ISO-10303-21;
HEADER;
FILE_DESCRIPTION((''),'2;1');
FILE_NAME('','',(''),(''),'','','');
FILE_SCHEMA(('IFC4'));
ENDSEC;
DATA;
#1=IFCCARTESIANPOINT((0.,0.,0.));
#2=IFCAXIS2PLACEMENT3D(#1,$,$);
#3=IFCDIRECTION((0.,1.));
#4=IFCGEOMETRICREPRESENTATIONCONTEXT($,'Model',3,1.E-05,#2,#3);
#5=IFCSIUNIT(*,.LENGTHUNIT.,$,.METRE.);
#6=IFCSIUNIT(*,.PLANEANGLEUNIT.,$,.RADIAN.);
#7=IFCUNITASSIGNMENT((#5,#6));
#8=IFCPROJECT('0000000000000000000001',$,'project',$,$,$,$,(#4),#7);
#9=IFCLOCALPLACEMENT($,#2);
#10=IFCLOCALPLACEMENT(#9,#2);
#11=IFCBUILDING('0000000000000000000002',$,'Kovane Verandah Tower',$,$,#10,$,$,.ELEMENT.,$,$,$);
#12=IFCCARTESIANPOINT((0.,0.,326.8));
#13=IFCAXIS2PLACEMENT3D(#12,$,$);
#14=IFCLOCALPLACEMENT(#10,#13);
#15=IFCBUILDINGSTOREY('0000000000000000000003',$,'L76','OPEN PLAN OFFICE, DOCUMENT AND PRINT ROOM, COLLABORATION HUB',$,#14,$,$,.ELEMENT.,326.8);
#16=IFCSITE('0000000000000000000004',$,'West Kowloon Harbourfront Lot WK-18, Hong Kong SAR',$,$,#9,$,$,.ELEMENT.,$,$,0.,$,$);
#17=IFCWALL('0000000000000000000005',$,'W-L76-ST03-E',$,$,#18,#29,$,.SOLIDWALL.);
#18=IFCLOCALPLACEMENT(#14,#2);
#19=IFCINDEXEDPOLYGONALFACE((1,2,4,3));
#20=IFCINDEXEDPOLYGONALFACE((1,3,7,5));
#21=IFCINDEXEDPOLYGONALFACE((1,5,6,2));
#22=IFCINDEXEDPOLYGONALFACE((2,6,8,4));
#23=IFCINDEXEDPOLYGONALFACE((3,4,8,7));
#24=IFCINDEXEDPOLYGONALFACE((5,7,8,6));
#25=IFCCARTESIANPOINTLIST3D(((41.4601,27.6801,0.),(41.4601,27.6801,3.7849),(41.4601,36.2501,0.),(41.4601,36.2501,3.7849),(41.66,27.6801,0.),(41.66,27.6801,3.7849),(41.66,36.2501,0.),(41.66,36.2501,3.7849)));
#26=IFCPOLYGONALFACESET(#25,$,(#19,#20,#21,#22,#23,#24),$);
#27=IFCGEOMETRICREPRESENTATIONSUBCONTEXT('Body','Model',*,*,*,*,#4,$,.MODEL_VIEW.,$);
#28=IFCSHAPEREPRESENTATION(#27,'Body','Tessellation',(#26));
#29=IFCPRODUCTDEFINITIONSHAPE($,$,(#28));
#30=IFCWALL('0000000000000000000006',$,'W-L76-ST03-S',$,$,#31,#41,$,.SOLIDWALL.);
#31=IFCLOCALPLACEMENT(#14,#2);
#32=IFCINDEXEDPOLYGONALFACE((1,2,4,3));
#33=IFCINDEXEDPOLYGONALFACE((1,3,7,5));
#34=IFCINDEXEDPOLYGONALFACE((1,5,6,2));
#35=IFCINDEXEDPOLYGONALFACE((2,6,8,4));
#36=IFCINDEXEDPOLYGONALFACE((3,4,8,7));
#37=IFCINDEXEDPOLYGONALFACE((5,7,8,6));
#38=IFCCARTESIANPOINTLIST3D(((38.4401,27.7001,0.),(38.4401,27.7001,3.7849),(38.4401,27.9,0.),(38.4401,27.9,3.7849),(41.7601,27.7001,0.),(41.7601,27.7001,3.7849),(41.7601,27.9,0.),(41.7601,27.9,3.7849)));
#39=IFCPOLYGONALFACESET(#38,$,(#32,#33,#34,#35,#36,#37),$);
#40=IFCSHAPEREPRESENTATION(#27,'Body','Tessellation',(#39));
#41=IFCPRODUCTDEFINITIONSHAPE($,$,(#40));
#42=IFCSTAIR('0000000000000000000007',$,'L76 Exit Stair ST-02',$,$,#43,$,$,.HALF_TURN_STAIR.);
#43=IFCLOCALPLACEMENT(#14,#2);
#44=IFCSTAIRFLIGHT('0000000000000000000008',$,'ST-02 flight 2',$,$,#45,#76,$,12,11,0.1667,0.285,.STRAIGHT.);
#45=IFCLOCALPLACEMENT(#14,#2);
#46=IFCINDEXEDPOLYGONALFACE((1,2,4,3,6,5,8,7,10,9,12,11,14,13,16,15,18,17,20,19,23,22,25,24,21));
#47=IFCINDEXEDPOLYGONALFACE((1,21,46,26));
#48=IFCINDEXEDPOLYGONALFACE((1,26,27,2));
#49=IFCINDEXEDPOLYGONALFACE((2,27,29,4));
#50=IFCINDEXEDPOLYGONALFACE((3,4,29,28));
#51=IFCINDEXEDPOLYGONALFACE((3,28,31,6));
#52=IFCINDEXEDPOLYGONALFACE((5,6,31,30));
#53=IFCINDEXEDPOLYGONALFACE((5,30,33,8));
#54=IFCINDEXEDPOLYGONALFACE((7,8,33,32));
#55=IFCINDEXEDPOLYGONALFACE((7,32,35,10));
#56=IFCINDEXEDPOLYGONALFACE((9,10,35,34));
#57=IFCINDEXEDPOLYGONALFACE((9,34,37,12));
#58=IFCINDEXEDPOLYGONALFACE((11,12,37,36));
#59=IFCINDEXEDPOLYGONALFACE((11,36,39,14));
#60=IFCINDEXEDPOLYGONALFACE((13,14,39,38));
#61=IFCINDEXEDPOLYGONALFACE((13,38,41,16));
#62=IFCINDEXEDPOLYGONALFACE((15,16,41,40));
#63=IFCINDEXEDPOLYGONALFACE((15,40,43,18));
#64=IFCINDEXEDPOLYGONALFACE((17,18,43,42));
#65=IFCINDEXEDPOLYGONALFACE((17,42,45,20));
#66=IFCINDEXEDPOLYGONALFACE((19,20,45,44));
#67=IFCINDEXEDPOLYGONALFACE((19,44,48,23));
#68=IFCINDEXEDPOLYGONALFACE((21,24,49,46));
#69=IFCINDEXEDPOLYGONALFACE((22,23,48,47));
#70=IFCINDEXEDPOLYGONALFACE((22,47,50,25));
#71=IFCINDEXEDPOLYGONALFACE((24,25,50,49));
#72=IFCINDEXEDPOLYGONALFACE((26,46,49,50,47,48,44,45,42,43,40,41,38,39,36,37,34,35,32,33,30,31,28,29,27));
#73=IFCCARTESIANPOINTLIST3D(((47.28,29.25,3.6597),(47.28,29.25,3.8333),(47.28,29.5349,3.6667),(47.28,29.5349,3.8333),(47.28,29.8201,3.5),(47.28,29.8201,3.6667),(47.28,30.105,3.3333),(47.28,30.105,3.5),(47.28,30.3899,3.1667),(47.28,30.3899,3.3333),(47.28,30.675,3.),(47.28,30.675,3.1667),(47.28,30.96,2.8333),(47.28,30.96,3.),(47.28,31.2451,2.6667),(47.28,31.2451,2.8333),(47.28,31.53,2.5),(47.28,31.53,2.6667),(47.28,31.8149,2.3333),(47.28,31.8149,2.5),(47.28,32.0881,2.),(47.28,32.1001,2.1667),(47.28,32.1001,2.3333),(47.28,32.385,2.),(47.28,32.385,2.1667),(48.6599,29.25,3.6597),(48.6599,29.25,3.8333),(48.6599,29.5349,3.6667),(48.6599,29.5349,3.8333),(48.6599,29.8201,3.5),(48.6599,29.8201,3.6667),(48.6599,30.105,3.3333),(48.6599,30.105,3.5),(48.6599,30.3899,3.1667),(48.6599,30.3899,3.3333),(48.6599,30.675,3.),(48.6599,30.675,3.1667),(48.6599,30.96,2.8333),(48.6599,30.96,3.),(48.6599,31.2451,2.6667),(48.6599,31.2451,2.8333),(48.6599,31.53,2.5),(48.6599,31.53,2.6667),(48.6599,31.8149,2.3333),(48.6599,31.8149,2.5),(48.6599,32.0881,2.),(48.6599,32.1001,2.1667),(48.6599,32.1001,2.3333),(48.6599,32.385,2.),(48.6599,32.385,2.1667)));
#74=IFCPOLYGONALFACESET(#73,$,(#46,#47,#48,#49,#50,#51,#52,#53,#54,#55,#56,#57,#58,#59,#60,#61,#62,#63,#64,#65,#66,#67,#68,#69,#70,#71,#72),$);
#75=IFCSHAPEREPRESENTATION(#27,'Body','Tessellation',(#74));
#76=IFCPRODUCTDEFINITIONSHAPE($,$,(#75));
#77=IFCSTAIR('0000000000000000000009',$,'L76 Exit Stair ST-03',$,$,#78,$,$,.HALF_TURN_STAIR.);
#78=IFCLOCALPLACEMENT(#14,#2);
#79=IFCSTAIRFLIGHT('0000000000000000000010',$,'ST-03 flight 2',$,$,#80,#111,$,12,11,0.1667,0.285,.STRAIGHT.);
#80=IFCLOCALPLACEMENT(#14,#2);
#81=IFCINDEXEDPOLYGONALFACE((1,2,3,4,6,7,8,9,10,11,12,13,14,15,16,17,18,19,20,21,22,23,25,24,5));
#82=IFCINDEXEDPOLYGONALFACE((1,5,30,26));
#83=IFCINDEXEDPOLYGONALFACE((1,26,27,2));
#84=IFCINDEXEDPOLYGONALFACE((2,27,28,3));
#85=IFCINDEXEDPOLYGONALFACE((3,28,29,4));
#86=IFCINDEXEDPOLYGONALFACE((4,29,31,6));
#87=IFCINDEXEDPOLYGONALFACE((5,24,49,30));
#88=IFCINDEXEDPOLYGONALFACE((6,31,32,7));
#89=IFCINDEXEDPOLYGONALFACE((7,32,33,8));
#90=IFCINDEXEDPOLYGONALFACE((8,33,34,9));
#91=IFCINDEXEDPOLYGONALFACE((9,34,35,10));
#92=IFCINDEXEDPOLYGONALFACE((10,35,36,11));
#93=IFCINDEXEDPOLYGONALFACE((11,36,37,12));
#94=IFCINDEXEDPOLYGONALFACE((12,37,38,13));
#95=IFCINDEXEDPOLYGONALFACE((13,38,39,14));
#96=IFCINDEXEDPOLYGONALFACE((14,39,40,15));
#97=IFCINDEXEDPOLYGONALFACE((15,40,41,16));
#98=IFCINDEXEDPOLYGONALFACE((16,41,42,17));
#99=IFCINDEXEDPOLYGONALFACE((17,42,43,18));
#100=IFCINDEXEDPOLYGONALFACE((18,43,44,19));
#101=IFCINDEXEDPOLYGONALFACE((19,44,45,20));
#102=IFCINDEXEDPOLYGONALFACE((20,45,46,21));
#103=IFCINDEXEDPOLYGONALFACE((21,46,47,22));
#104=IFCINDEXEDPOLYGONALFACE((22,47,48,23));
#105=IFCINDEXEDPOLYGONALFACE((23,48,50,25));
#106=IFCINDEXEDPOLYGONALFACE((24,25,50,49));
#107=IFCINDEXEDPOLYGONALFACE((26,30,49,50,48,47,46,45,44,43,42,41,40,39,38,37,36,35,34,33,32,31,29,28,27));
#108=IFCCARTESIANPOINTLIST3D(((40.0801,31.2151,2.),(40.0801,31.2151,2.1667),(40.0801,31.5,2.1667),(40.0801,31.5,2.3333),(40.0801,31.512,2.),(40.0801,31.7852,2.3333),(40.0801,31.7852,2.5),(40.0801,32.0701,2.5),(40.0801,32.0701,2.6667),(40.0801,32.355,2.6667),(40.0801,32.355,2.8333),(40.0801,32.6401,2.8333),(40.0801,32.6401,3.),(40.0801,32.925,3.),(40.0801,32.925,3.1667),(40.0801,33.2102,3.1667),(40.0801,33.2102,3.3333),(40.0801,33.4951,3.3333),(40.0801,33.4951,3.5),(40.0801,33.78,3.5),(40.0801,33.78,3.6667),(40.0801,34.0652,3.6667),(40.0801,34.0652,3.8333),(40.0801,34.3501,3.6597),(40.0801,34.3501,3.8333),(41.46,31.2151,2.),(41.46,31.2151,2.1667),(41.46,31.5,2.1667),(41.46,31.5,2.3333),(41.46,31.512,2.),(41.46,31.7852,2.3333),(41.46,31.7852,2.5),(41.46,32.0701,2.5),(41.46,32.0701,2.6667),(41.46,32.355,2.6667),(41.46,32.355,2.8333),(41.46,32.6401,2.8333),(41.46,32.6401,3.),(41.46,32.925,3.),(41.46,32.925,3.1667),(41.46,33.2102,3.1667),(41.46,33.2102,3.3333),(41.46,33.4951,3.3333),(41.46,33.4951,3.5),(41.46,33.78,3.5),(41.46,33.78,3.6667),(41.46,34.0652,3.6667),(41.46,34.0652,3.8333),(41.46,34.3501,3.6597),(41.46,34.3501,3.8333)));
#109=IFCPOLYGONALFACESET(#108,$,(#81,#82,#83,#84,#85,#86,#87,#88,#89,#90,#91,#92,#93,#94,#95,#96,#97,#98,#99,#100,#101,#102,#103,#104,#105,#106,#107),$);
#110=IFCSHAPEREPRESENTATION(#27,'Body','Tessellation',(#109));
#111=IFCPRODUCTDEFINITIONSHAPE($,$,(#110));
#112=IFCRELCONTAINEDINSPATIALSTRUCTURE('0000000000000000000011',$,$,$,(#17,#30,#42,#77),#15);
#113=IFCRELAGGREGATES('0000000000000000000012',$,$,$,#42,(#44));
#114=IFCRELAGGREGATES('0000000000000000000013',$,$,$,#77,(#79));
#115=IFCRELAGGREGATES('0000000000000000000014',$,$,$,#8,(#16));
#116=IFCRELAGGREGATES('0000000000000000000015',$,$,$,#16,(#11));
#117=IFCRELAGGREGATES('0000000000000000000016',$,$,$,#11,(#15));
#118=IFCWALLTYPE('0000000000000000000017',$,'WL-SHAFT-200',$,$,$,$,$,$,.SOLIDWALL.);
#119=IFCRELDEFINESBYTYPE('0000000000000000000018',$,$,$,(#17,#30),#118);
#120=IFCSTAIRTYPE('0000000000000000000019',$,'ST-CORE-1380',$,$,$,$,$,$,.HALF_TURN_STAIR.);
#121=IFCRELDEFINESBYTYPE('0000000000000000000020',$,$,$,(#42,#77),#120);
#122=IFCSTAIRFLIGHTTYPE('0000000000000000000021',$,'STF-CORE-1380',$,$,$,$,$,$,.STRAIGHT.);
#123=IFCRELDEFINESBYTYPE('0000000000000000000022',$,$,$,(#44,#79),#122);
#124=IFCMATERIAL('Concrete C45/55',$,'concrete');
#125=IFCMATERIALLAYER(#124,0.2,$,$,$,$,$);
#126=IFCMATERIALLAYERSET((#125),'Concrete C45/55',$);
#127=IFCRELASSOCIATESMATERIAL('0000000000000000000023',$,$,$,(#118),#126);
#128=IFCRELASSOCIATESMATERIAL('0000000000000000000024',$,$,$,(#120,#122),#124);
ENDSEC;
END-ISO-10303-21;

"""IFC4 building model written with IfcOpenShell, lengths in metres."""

from ifc_helpers import new_model, si_unit, direction, frame, frame_2d, origin, place, context, subcontext, project, spatial, polyline, rectangle, outline, extrude, material, layer, layer_set, type_object, element, aggregate, save


model = new_model("IFC4")

# Units and contexts
model_context = context("Model", 3, precision=1e-05, world=origin(), true_north=direction((0.0, 1.0)))
body_context = subcontext(model_context, "Body", "Model", "MODEL_VIEW")
ifc_project = project(units=[si_unit("LENGTHUNIT", "METRE"), si_unit("PLANEANGLEUNIT", "RADIAN")], contexts=[model_context])

# Site, building, storey
site_placement = place(None, origin())
site = spatial("IfcSite", under=ifc_project, at=site_placement, Name="West Kowloon Harbourfront Lot WK-18, Hong Kong SAR", CompositionType="ELEMENT", RefElevation=0.0)
building_placement = place(site_placement, origin())
building = spatial("IfcBuilding", under=site, at=building_placement, Name="Kovane Verandah Tower", CompositionType="ELEMENT")
storey_placement = place(building_placement, frame((0.0, 0.0, 326.8)))
storey = spatial("IfcBuildingStorey", under=building, at=storey_placement, Name="L76", Description="OPEN PLAN OFFICE, DOCUMENT AND PRINT ROOM, COLLABORATION HUB", CompositionType="ELEMENT", Elevation=326.8)

# Shared definitions
ifc_material_1 = material(Name="Concrete C45/55", Category="concrete")
ifc_layer_1 = layer(ifc_material_1, 0.2)
ifc_layer_set_1 = layer_set([ifc_layer_1], Name="Concrete C45/55")
wall_type_1 = type_object("IfcWallType", Name="WL-SHAFT-200", PredefinedType="SOLIDWALL", material=ifc_layer_set_1)

# Walls
wall_1_placement = place(storey_placement, frame((41.5601, 27.6799, 0.0), z_axis=(0.0, 0.0, 1.0), x_axis=(0.0, 1.0, 0.0)))
element("IfcWall", 1, at=wall_1_placement, inside=storey, type_object=wall_type_1, Name="W-L76-ST03-E", PredefinedType="SOLIDWALL", context=body_context, shape_type="SweptSolid", body=[
    extrude(rectangle(XDim=8.5701, YDim=0.2, at=frame_2d((4.2852, 0.0))), origin(), (0.0, 0.0, 1.0), 3.7849),
])
wall_2_placement = place(storey_placement, frame((38.4399, 27.8, 0.0), z_axis=(0.0, 0.0, 1.0), x_axis=(1.0, 0.0, 0.0)))
element("IfcWall", 2, at=wall_2_placement, inside=storey, type_object=wall_type_1, Name="W-L76-ST03-S", PredefinedType="SOLIDWALL", context=body_context, shape_type="SweptSolid", body=[
    extrude(rectangle(XDim=3.3201, YDim=0.2, at=frame_2d((1.6602, 0.0))), origin(), (0.0, 0.0, 1.0), 3.7849),
])

# Stairs, stair flights
stair_type = type_object("IfcStairType", Name="ST-CORE-1380", PredefinedType="HALF_TURN_STAIR", material=ifc_material_1)
stair_1_placement = place(storey_placement, origin())
stair_1 = element("IfcStair", 3, at=stair_1_placement, inside=storey, type_object=stair_type, Name="L76 Exit Stair ST-02", PredefinedType="HALF_TURN_STAIR")
stair_flight_type = type_object("IfcStairFlightType", Name="STF-CORE-1380", PredefinedType="STRAIGHT", material=ifc_material_1)
stair_flight_1_placement = place(storey_placement, frame((47.97, 32.385, 2.0), z_axis=(0.0, 0.0, 1.0), x_axis=(0.0, -1.0, 0.0)))
stair_flight_1 = element("IfcStairFlight", 4, at=stair_flight_1_placement, type_object=stair_flight_type, Name="ST-02 flight 2", NumberOfRisers=12, NumberOfTreads=11, PredefinedType="STRAIGHT", RiserHeight=0.1667, TreadLength=0.285, context=body_context, shape_type="SweptSolid", body=[
    extrude(outline(polyline([(0.0, 0.0), (0.0, 0.1667), (0.2849, 0.1667), (0.2849, 0.3333), (0.5701, 0.3333), (0.5701, 0.5), (0.855, 0.5), (0.855, 0.6667), (1.1399, 0.6667), (1.1399, 0.8333), (1.425, 0.8333), (1.425, 1.0), (1.71, 1.0), (1.71, 1.1667), (1.9951, 1.1667), (1.9951, 1.3333), (2.28, 1.3333), (2.28, 1.5), (2.5649, 1.5), (2.5649, 1.6667), (2.8501, 1.6667), (2.8501, 1.8333), (3.135, 1.8333), (3.135, 2.0), (3.135, 1.6597), (0.2969, 0.0), (0.0, 0.0)])), frame((0.0, 0.6899, 0.0), z_axis=(0.0, -1.0, 0.0), x_axis=(1.0, 0.0, 0.0)), (0.0, 0.0, 1.0), 1.3799),
])
aggregate(stair_1, [stair_flight_1])
stair_2_placement = place(storey_placement, origin())
stair_2 = element("IfcStair", 5, at=stair_2_placement, inside=storey, type_object=stair_type, Name="L76 Exit Stair ST-03", PredefinedType="HALF_TURN_STAIR")
stair_flight_2_placement = place(storey_placement, frame((40.77, 31.2151, 2.0), z_axis=(0.0, 0.0, 1.0), x_axis=(0.0, 1.0, 0.0)))
stair_flight_2 = element("IfcStairFlight", 6, at=stair_flight_2_placement, type_object=stair_flight_type, Name="ST-03 flight 2", NumberOfRisers=12, NumberOfTreads=11, PredefinedType="STRAIGHT", RiserHeight=0.1667, TreadLength=0.285, context=body_context, shape_type="SweptSolid", body=[
    extrude(outline(polyline([(0.0, 0.0), (0.0, 0.1667), (0.2849, 0.1667), (0.2849, 0.3333), (0.5701, 0.3333), (0.5701, 0.5), (0.855, 0.5), (0.855, 0.6667), (1.1399, 0.6667), (1.1399, 0.8333), (1.425, 0.8333), (1.425, 1.0), (1.71, 1.0), (1.71, 1.1667), (1.9951, 1.1667), (1.9951, 1.3333), (2.28, 1.3333), (2.28, 1.5), (2.5649, 1.5), (2.5649, 1.6667), (2.8501, 1.6667), (2.8501, 1.8333), (3.135, 1.8333), (3.135, 2.0), (3.135, 1.6597), (0.2969, 0.0), (0.0, 0.0)])), frame((0.0, 0.6899, 0.0), z_axis=(0.0, -1.0, 0.0), x_axis=(1.0, 0.0, 0.0)), (0.0, 0.0, 1.0), 1.3799),
])
aggregate(stair_2, [stair_flight_2])

save(model, "model.ifc")
